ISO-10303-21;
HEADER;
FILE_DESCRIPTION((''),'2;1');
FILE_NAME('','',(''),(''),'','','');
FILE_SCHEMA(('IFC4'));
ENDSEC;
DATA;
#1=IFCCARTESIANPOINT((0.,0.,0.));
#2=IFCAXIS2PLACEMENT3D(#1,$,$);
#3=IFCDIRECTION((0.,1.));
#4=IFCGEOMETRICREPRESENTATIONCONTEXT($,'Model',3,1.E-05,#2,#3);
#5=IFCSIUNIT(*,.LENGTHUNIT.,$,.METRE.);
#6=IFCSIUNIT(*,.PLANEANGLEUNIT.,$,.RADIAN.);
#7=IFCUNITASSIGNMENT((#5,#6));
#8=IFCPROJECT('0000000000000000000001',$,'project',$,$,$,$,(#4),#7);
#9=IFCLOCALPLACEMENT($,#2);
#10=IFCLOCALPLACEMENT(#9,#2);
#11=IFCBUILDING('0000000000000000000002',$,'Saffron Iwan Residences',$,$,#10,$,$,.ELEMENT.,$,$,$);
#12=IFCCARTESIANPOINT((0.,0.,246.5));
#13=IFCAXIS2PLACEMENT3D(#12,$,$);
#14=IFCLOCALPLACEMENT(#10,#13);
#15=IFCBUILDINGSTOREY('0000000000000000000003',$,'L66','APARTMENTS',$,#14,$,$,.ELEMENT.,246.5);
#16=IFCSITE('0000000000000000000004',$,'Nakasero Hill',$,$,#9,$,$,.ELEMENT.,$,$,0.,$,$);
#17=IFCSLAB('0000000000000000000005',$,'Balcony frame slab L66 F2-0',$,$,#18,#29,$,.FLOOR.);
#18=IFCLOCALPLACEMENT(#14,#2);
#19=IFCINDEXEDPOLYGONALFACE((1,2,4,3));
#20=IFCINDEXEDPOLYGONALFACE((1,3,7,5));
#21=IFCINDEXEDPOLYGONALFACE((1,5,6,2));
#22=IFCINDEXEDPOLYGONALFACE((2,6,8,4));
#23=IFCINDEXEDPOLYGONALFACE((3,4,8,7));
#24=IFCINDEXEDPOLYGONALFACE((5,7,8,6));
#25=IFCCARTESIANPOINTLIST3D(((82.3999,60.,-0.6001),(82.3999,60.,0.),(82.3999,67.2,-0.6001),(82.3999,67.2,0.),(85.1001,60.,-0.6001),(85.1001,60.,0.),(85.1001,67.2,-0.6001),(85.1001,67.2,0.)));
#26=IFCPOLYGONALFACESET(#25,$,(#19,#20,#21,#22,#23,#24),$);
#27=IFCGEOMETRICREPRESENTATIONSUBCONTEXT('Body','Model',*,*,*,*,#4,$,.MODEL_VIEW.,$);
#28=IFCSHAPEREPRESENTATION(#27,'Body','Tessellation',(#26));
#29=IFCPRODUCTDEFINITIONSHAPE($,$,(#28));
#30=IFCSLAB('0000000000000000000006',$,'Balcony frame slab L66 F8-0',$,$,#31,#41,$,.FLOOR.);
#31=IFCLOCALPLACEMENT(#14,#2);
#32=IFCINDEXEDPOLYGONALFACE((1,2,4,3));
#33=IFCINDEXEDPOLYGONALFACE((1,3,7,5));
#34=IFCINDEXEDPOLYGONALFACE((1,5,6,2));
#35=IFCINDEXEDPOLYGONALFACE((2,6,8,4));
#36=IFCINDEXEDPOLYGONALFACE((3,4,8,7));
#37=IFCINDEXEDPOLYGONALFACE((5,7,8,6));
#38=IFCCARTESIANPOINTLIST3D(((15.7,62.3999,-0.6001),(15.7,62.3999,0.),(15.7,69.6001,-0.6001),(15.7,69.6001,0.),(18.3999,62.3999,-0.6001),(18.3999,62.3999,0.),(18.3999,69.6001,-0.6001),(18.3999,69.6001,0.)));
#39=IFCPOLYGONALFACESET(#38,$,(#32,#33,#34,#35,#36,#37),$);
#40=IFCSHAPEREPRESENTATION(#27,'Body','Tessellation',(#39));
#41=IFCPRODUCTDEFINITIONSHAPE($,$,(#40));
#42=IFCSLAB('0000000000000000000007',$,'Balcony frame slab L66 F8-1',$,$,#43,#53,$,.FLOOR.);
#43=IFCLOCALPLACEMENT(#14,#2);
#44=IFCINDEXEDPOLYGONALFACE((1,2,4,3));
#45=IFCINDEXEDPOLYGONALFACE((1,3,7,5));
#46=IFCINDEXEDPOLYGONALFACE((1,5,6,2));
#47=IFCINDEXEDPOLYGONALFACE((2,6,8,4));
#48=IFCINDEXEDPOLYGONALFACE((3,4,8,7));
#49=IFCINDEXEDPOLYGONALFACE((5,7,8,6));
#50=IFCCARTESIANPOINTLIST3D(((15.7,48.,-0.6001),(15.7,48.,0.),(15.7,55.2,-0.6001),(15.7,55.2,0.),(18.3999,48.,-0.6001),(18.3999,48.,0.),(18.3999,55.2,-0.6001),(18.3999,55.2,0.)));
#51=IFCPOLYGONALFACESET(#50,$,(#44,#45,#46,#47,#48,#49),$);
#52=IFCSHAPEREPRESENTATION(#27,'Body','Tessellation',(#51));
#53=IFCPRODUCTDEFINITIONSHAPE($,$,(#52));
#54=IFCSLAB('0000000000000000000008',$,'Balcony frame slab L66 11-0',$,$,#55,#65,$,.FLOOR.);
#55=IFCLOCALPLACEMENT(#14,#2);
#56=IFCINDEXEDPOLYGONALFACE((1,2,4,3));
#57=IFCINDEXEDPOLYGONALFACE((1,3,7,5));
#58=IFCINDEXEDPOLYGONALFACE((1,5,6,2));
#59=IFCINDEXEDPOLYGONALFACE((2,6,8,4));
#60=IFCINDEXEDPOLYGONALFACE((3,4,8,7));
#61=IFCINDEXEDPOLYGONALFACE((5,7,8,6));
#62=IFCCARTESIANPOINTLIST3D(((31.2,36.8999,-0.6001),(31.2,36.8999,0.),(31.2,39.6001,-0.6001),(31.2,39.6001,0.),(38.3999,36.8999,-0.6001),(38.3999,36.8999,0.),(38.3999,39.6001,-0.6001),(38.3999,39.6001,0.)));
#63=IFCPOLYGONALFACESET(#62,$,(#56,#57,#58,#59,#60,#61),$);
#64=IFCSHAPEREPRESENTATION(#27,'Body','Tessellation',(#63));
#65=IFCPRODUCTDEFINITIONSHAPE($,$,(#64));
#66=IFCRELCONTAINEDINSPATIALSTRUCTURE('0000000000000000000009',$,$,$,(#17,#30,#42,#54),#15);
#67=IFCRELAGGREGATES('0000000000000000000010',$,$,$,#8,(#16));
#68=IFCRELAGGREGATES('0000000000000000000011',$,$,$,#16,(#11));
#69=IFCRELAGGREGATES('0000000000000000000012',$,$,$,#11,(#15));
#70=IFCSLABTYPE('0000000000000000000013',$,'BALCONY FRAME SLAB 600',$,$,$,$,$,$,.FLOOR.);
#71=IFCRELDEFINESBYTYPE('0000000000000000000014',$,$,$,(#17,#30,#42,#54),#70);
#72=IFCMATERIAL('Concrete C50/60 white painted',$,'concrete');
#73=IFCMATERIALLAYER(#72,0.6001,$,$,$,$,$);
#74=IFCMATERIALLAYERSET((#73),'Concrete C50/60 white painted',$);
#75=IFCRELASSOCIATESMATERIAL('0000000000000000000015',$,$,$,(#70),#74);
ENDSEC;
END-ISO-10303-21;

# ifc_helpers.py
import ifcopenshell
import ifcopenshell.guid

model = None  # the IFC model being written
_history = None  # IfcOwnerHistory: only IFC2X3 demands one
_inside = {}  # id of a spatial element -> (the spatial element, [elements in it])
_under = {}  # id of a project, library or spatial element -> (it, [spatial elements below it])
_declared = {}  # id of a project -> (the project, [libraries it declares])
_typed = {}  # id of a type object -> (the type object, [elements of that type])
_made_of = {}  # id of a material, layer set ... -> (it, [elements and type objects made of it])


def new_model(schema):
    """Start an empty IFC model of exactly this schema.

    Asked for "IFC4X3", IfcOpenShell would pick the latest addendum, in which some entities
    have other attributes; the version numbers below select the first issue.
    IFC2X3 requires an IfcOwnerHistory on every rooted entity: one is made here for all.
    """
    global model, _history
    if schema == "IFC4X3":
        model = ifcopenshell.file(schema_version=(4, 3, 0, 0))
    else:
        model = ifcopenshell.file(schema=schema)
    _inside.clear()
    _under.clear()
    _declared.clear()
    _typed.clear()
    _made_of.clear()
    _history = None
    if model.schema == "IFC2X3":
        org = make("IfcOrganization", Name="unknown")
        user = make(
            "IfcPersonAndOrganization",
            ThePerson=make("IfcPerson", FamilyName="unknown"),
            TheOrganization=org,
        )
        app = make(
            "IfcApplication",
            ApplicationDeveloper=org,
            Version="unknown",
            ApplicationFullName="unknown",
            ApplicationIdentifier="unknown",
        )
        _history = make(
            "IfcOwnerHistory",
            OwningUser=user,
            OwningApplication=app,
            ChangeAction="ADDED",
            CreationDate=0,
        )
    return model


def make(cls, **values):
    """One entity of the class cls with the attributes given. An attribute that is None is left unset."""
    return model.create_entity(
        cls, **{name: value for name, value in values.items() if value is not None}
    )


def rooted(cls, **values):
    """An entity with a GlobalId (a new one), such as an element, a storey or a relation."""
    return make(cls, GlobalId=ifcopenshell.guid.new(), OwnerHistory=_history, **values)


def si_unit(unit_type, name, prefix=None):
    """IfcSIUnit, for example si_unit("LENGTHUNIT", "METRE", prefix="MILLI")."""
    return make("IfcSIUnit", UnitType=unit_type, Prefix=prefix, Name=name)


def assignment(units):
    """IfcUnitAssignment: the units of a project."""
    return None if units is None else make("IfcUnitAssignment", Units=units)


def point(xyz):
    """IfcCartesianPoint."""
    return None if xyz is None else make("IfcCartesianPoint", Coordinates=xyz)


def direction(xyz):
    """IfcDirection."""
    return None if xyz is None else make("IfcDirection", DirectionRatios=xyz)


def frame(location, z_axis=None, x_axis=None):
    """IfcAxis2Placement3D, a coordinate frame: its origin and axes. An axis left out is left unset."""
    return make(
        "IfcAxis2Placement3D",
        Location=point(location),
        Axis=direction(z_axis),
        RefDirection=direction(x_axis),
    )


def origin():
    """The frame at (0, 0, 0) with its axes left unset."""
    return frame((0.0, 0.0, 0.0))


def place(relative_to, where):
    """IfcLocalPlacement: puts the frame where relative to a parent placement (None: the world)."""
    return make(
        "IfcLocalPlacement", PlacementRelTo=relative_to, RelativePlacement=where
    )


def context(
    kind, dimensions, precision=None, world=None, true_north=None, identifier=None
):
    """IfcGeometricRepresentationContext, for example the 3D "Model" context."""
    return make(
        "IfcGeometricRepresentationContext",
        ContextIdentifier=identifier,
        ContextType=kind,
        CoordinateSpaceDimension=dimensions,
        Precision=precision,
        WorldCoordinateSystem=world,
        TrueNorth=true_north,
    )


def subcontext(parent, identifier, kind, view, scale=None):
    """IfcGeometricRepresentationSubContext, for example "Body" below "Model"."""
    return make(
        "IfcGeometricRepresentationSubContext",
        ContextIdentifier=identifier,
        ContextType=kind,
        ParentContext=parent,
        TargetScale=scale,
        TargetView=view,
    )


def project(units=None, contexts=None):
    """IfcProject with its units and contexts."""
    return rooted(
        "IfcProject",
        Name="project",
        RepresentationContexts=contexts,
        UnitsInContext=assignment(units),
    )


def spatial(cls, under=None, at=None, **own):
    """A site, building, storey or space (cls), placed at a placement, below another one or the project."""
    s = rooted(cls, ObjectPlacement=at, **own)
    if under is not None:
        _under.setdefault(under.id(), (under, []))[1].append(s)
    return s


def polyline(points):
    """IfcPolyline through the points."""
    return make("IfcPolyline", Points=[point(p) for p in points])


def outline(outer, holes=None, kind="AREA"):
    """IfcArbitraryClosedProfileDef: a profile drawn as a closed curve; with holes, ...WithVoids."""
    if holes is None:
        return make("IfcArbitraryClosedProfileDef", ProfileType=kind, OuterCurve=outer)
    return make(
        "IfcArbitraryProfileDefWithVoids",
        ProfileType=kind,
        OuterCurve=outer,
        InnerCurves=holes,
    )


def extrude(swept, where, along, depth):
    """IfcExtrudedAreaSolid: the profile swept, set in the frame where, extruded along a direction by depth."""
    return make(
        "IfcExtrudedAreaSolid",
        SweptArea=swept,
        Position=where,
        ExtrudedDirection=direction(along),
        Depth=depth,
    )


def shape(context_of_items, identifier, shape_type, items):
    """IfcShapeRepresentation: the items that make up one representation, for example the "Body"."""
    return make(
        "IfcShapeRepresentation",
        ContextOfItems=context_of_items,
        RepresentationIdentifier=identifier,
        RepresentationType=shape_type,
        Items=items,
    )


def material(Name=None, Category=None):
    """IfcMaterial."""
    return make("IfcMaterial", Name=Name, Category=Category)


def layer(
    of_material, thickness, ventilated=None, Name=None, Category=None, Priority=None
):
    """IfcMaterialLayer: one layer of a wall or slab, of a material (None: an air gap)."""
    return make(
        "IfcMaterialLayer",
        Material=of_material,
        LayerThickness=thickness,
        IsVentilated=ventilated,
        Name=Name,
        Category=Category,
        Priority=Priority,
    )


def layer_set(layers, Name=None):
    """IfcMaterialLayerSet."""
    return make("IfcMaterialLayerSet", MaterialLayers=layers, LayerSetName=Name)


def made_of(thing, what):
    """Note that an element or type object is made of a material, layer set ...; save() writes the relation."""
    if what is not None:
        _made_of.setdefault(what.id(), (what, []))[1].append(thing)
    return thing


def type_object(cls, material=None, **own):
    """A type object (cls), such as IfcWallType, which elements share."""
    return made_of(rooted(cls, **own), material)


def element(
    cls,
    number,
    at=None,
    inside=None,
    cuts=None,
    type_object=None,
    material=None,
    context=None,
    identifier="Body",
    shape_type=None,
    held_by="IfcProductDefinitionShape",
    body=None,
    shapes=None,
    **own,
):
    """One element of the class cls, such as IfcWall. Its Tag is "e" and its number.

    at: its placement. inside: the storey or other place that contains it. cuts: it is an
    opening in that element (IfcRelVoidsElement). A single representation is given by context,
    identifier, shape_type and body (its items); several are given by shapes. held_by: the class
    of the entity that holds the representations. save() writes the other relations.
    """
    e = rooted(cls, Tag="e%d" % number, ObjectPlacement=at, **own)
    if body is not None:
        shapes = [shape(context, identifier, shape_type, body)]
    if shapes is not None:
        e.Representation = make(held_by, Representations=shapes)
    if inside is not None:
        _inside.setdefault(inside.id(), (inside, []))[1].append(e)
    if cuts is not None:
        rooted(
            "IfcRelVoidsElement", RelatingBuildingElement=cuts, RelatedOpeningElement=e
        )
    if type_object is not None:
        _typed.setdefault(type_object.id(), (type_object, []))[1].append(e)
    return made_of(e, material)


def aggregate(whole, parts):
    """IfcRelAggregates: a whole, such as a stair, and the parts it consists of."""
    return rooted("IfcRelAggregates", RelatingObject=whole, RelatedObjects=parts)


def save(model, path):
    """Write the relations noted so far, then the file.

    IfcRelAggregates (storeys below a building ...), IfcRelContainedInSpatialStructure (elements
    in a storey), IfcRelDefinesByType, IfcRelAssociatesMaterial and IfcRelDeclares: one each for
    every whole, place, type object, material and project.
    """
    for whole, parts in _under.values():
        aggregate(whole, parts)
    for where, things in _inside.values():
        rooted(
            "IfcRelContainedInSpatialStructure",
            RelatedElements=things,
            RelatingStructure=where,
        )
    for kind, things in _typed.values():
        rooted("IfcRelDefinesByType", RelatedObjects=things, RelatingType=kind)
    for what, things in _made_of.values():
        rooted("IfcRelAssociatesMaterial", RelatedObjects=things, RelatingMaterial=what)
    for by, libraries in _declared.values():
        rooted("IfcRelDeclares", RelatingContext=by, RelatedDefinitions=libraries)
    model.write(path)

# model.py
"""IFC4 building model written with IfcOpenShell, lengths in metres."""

from ifc_helpers import new_model, si_unit, direction, frame, origin, place, context, subcontext, project, spatial, polyline, outline, extrude, material, layer, layer_set, type_object, element, save


model = new_model("IFC4")

# Units and contexts
model_context = context("Model", 3, precision=1e-05, world=origin(), true_north=direction((0.0, 1.0)))
body_context = subcontext(model_context, "Body", "Model", "MODEL_VIEW")
ifc_project = project(units=[si_unit("LENGTHUNIT", "METRE"), si_unit("PLANEANGLEUNIT", "RADIAN")], contexts=[model_context])

# Site, building, storey
site_placement = place(None, origin())
site = spatial("IfcSite", under=ifc_project, at=site_placement, Name="Nakasero Hill", CompositionType="ELEMENT", RefElevation=0.0)
building_placement = place(site_placement, origin())
building = spatial("IfcBuilding", under=site, at=building_placement, Name="Saffron Iwan Residences", CompositionType="ELEMENT")
storey_placement = place(building_placement, frame((0.0, 0.0, 246.5)))
storey = spatial("IfcBuildingStorey", under=building, at=storey_placement, Name="L66", Description="APARTMENTS", CompositionType="ELEMENT", Elevation=246.5)

# Slabs
ifc_material_1 = material(Name="Concrete C50/60 white painted", Category="concrete")
ifc_layer_1 = layer(ifc_material_1, 0.6001)
ifc_layer_set_1 = layer_set([ifc_layer_1], Name="Concrete C50/60 white painted")
slab_type_1 = type_object("IfcSlabType", Name="BALCONY FRAME SLAB 600", PredefinedType="FLOOR", material=ifc_layer_set_1)
slab_1_placement = place(storey_placement, frame((0.0, 0.0, -0.6001)))
element("IfcSlab", 1, at=slab_1_placement, inside=storey, type_object=slab_type_1, Name="Balcony frame slab L66 F2-0", PredefinedType="FLOOR", context=body_context, shape_type="SweptSolid", body=[
    extrude(outline(polyline([(85.1001, 60.0), (85.1001, 67.2), (82.3999, 67.2), (82.3999, 60.0), (85.1001, 60.0)])), origin(), (0.0, 0.0, 1.0), 0.6001),
])
slab_2_placement = place(storey_placement, frame((0.0, 0.0, -0.6001)))
element("IfcSlab", 2, at=slab_2_placement, inside=storey, type_object=slab_type_1, Name="Balcony frame slab L66 F8-0", PredefinedType="FLOOR", context=body_context, shape_type="SweptSolid", body=[
    extrude(outline(polyline([(15.7, 69.6001), (15.7, 62.3999), (18.3999, 62.3999), (18.3999, 69.6001), (15.7, 69.6001)])), origin(), (0.0, 0.0, 1.0), 0.6001),
])
slab_3_placement = place(storey_placement, frame((0.0, 0.0, -0.6001)))
element("IfcSlab", 3, at=slab_3_placement, inside=storey, type_object=slab_type_1, Name="Balcony frame slab L66 F8-1", PredefinedType="FLOOR", context=body_context, shape_type="SweptSolid", body=[
    extrude(outline(polyline([(15.7, 55.2), (15.7, 48.0), (18.3999, 48.0), (18.3999, 55.2), (15.7, 55.2)])), origin(), (0.0, 0.0, 1.0), 0.6001),
])
slab_4_placement = place(storey_placement, frame((0.0, 0.0, -0.6001)))
element("IfcSlab", 4, at=slab_4_placement, inside=storey, type_object=slab_type_1, Name="Balcony frame slab L66 11-0", PredefinedType="FLOOR", context=body_context, shape_type="SweptSolid", body=[
    extrude(outline(polyline([(31.2, 36.8999), (38.3999, 36.8999), (38.3999, 39.6001), (31.2, 39.6001), (31.2, 36.8999)])), origin(), (0.0, 0.0, 1.0), 0.6001),
])

save(model, "model.ifc")
